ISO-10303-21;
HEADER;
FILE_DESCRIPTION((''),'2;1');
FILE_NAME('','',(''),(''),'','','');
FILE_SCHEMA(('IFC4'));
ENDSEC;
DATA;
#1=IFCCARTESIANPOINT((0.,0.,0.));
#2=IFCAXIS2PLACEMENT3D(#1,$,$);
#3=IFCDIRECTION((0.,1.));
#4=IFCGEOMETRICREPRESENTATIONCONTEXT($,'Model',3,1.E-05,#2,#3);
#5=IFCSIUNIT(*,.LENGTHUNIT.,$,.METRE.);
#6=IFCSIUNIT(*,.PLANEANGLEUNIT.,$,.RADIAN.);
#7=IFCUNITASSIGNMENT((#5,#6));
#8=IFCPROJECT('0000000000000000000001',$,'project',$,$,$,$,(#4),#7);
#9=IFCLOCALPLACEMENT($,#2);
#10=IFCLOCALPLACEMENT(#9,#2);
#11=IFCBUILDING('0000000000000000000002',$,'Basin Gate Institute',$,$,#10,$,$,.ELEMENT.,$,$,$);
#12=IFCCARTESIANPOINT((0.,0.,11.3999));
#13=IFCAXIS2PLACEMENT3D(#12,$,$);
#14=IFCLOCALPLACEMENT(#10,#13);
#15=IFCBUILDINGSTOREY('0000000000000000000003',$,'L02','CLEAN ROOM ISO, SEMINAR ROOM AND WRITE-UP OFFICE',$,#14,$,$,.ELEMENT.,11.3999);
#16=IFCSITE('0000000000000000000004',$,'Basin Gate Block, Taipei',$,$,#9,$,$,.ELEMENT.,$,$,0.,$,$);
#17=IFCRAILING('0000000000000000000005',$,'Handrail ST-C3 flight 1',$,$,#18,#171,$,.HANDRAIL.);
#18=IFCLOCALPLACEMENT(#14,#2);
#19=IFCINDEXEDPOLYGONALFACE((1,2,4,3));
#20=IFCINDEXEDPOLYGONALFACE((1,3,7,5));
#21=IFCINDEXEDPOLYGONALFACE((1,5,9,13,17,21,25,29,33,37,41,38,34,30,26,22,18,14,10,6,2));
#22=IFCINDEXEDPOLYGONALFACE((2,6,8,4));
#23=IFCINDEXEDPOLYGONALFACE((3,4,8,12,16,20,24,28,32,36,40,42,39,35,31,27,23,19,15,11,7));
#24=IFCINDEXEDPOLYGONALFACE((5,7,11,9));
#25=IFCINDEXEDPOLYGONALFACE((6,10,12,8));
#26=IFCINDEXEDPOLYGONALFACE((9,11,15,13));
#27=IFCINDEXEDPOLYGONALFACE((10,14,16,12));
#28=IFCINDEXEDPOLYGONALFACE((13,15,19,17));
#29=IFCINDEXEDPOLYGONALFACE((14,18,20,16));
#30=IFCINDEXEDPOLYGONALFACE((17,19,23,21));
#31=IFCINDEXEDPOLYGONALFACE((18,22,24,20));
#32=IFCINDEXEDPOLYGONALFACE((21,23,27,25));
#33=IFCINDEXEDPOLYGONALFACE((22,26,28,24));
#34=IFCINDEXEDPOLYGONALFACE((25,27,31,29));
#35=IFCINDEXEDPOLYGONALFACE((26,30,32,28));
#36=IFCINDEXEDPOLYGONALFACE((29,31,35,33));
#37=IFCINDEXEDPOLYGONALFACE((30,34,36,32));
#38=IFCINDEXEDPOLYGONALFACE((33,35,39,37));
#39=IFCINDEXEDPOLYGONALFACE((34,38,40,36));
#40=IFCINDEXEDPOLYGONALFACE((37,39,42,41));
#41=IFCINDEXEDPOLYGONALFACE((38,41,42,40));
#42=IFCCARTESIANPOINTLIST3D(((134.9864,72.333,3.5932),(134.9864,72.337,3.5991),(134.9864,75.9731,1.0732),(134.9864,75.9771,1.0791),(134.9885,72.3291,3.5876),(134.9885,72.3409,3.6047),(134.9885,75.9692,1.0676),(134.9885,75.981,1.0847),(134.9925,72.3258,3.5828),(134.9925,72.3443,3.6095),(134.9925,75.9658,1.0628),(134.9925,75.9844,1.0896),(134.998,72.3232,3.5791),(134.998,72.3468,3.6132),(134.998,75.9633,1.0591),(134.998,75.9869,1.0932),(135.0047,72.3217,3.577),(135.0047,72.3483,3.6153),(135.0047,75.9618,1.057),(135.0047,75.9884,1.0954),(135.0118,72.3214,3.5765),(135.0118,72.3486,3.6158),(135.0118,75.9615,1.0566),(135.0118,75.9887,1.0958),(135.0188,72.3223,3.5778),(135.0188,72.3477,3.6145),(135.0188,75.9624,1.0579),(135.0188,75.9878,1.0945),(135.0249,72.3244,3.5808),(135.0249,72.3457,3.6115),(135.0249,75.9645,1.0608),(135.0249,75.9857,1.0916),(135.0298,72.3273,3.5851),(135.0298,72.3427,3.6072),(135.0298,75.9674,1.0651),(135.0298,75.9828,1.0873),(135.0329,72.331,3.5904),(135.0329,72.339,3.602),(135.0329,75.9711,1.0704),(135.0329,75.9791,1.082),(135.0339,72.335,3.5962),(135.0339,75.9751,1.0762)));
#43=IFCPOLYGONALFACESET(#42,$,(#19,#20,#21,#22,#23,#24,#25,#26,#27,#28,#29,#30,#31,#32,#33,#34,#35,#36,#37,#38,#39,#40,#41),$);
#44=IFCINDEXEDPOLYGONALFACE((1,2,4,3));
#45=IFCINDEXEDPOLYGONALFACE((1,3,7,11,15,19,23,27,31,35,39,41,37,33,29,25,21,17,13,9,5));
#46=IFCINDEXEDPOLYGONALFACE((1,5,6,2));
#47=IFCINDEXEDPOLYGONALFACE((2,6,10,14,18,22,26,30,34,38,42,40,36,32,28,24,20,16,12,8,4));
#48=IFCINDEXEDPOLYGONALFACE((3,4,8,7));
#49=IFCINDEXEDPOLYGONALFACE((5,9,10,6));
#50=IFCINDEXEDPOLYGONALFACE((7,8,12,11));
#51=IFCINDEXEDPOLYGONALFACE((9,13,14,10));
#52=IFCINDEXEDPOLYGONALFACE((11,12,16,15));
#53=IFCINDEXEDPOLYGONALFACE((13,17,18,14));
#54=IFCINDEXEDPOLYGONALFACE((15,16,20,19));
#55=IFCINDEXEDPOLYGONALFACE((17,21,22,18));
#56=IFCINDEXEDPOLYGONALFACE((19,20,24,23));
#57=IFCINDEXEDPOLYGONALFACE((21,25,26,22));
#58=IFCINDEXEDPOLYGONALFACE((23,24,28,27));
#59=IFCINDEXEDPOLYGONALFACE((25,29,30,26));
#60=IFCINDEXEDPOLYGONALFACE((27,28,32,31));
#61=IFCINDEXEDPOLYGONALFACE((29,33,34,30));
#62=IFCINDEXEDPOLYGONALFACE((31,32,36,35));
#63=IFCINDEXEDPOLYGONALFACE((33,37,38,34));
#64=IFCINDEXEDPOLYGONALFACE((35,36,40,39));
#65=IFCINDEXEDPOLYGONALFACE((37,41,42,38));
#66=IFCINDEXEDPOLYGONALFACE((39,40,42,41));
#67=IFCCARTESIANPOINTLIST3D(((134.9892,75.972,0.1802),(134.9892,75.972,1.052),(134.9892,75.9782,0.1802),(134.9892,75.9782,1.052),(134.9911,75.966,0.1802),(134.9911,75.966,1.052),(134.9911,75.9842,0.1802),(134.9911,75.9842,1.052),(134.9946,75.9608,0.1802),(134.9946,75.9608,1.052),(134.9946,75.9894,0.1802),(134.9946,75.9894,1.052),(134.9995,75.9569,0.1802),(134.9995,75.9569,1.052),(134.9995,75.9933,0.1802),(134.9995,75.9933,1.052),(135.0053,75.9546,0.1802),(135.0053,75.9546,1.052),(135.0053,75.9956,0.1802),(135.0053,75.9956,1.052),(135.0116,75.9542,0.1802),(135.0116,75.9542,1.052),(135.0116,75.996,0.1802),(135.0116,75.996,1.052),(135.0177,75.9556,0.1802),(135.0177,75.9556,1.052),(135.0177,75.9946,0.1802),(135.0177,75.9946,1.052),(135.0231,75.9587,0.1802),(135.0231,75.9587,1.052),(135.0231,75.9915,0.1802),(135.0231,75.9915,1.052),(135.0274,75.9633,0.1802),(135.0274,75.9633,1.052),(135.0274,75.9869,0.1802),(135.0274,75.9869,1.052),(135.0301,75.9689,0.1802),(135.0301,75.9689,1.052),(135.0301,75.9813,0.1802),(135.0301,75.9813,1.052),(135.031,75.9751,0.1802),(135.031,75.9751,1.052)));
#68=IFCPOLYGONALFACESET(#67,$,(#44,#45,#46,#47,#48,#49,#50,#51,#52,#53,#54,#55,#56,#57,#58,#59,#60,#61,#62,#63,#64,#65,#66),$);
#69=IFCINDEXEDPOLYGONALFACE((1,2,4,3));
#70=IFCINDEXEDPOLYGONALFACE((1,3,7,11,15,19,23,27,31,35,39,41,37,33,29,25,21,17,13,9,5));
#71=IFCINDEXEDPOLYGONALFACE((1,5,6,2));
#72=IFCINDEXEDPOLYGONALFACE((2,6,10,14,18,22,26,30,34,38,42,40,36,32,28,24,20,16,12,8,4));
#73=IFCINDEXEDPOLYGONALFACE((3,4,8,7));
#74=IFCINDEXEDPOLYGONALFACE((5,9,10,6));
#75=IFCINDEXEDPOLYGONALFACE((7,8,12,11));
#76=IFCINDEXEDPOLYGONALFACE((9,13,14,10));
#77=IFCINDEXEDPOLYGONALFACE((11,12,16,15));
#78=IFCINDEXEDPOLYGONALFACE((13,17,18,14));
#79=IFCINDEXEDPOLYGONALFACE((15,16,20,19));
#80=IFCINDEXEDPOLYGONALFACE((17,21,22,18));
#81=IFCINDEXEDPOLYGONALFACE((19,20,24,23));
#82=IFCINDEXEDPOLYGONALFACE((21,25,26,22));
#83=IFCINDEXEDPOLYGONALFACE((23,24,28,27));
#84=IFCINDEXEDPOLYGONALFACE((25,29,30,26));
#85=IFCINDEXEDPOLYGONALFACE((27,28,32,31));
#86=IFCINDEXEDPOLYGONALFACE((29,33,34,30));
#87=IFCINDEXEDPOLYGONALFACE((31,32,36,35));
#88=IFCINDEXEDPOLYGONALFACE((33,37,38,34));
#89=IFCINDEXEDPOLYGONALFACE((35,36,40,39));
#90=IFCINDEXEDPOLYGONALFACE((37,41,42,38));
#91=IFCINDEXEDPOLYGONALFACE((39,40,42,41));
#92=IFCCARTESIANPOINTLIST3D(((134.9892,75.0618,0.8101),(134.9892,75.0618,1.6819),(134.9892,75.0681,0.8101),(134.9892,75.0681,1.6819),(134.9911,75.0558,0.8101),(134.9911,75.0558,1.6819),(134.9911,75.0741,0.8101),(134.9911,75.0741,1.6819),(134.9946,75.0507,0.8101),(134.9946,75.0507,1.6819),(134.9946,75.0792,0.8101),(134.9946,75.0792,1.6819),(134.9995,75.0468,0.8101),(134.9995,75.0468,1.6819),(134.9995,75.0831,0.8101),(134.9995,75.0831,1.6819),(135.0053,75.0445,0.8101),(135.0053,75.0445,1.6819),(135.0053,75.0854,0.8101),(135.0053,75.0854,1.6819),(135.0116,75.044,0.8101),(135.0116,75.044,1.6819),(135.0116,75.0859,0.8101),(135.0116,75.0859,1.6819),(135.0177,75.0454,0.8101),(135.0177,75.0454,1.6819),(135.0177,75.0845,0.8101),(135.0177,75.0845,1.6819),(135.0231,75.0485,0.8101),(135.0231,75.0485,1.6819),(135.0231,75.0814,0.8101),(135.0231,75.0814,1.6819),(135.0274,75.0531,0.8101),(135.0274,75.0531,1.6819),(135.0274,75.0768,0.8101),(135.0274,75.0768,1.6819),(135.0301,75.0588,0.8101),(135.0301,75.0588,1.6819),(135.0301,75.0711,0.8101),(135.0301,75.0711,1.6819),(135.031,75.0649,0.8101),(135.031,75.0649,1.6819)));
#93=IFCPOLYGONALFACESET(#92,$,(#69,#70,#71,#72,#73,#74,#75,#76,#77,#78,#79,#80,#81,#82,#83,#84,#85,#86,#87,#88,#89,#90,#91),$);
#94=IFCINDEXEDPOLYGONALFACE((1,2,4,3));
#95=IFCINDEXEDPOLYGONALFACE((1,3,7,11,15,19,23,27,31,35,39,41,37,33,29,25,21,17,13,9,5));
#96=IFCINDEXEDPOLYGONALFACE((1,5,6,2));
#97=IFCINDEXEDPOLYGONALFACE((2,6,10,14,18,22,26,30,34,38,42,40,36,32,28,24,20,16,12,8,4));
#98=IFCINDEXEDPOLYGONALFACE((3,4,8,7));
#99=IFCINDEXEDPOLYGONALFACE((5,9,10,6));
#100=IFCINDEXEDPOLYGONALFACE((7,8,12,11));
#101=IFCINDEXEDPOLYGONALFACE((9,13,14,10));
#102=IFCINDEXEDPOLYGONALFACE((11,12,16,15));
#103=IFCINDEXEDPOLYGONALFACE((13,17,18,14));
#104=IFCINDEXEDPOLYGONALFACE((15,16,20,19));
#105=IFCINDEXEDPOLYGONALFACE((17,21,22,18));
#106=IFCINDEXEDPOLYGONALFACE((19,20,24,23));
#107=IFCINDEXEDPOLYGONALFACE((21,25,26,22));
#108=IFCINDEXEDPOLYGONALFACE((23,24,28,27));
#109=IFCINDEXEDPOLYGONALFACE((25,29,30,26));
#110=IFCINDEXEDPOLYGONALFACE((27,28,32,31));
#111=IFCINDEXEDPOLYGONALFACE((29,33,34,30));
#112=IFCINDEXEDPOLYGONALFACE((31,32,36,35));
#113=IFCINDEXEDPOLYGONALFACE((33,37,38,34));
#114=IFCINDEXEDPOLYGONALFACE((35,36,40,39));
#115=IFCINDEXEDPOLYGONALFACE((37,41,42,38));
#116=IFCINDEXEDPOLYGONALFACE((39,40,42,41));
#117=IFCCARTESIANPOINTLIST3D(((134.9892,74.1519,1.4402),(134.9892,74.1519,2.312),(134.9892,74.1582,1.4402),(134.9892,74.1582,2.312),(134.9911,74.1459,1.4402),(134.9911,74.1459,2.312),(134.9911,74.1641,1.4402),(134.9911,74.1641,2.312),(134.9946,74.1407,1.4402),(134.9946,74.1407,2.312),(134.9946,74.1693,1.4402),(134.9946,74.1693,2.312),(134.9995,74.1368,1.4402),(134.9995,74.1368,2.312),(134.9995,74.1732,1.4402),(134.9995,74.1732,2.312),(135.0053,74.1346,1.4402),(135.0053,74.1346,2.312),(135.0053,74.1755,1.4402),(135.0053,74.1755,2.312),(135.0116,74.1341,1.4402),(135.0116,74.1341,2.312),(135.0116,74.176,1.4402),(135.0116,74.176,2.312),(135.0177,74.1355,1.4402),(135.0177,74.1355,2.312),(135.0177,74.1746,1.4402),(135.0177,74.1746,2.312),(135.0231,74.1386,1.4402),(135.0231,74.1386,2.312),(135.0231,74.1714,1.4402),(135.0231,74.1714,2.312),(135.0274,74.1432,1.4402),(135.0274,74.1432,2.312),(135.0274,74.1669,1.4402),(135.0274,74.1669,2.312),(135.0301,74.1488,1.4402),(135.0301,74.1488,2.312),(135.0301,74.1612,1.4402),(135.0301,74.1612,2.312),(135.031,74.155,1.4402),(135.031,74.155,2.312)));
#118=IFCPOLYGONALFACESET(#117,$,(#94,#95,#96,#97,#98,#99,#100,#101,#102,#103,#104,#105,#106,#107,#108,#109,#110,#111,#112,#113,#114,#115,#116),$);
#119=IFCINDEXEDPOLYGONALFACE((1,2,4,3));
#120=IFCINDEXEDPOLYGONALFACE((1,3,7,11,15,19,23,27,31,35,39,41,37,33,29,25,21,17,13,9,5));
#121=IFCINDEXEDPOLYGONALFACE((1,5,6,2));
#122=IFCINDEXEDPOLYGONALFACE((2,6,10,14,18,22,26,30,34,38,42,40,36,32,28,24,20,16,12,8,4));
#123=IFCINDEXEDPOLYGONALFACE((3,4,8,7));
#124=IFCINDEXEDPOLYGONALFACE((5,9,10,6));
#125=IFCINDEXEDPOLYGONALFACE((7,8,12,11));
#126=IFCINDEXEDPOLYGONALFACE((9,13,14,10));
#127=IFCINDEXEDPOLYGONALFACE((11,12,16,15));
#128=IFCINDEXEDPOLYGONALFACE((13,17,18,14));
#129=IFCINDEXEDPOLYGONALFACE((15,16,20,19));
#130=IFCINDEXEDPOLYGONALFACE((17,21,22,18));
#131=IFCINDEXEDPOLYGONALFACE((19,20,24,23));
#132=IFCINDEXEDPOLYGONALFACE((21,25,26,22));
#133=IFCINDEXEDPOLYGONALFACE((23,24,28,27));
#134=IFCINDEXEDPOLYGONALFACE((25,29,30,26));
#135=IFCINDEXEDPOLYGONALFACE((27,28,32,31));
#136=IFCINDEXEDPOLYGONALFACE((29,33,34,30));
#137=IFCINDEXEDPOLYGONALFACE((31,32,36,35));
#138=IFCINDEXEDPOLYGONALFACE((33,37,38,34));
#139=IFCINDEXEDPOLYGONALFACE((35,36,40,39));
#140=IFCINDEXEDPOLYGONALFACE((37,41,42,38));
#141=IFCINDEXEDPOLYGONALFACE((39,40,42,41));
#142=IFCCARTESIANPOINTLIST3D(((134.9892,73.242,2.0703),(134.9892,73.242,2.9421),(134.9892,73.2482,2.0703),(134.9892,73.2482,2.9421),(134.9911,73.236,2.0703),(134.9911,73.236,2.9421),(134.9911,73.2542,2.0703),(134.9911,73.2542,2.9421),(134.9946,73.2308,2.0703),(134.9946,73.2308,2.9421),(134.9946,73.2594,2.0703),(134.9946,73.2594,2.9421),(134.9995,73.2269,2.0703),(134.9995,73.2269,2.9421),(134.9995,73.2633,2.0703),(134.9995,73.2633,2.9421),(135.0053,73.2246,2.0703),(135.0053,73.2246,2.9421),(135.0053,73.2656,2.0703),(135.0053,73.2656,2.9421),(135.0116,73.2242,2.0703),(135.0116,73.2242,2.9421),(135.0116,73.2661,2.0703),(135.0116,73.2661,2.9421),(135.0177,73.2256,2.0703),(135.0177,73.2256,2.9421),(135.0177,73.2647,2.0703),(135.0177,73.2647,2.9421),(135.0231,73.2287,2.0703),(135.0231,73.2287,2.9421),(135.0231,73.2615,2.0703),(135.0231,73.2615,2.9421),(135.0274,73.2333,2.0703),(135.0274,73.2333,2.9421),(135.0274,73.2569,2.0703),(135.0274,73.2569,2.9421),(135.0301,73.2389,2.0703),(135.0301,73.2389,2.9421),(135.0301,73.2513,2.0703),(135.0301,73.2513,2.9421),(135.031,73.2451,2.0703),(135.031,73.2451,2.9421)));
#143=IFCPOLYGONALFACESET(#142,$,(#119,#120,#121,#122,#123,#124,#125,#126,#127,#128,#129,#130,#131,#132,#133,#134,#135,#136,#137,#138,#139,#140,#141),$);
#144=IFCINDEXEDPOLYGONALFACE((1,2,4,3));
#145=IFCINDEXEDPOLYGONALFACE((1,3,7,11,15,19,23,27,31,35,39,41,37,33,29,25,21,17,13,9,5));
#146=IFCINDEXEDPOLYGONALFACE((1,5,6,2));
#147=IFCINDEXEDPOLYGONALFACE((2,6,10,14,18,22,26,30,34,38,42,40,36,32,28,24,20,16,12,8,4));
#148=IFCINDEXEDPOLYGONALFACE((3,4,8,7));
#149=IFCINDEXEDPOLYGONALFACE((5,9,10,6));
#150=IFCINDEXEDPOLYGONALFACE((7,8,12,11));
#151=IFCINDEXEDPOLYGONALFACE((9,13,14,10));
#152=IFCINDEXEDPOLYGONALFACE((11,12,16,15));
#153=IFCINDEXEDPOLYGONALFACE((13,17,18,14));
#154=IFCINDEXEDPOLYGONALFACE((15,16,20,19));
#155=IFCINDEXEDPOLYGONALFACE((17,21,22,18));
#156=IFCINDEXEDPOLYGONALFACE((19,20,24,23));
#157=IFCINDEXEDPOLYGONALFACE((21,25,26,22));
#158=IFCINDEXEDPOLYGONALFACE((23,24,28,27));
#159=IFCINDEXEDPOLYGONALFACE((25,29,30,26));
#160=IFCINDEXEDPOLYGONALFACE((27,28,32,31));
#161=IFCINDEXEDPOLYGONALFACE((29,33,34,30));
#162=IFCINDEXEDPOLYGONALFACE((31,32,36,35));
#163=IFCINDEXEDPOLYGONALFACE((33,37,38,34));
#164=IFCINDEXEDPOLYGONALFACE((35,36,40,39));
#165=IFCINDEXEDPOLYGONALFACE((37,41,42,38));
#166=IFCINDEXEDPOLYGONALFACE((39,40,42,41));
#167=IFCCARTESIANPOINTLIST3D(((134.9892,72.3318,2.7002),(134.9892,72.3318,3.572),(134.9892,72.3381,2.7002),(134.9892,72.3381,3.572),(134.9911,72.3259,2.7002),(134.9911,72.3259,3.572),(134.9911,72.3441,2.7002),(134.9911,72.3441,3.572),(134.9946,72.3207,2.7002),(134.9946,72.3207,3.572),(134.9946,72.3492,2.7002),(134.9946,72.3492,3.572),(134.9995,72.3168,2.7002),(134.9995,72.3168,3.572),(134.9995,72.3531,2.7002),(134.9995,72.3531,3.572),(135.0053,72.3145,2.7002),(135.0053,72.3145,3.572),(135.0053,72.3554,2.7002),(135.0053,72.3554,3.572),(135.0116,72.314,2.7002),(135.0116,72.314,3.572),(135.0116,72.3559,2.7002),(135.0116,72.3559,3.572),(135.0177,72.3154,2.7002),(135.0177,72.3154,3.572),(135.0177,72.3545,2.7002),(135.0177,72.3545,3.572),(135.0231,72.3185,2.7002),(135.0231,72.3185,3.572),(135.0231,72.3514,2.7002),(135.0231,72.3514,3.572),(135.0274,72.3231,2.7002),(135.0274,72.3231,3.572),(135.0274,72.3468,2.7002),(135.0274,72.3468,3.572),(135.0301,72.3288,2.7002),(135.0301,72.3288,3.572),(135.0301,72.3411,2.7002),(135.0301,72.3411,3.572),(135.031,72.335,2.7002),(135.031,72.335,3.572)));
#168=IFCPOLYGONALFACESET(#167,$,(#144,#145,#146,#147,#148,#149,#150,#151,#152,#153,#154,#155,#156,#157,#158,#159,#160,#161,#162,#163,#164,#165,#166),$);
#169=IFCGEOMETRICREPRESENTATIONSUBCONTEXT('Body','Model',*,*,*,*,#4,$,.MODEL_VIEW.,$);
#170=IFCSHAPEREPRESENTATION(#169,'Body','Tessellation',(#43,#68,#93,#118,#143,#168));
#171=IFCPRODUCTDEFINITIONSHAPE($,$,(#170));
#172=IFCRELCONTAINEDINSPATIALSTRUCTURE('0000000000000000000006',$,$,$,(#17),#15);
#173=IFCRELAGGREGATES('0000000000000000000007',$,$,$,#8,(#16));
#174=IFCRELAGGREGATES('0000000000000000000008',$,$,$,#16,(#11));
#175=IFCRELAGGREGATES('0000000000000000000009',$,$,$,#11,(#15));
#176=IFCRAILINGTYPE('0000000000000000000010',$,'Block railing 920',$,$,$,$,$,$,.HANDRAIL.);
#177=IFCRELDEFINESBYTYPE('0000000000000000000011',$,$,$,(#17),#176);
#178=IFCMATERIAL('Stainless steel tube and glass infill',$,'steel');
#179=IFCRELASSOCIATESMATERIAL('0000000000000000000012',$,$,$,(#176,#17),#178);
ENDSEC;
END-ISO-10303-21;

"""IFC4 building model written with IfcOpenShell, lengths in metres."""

from ifc_helpers import new_model, si_unit, direction, frame, origin, origin_2d, place, context, subcontext, project, spatial, circle, extrude, material, type_object, element, save


model = new_model("IFC4")

# Units and contexts
model_context = context("Model", 3, precision=1e-05, world=origin(), true_north=direction((0.0, 1.0)))
body_context = subcontext(model_context, "Body", "Model", "MODEL_VIEW")
ifc_project = project(units=[si_unit("LENGTHUNIT", "METRE"), si_unit("PLANEANGLEUNIT", "RADIAN")], contexts=[model_context])

# Site, building, storey
site_placement = place(None, origin())
site = spatial("IfcSite", under=ifc_project, at=site_placement, Name="Basin Gate Block, Taipei", CompositionType="ELEMENT", RefElevation=0.0)
building_placement = place(site_placement, origin())
building = spatial("IfcBuilding", under=site, at=building_placement, Name="Basin Gate Institute", CompositionType="ELEMENT")
storey_placement = place(building_placement, frame((0.0, 0.0, 11.3999)))
storey = spatial("IfcBuildingStorey", under=building, at=storey_placement, Name="L02", Description="CLEAN ROOM ISO, SEMINAR ROOM AND WRITE-UP OFFICE", CompositionType="ELEMENT", Elevation=11.3999)

# Railing
ifc_material_1 = material(Name="Stainless steel tube and glass infill", Category="steel")
railing_type_1 = type_object("IfcRailingType", Name="Block railing 920", PredefinedType="HANDRAIL", material=ifc_material_1)
for number, where, name in (
    (1, (135.01, 75.9751, 0.1802), "Handrail ST-C3 flight 1"),
):
    element("IfcRailing", number, at=place(storey_placement, frame(where)), inside=storey, type_object=railing_type_1, material=ifc_material_1, Name=name, PredefinedType="HANDRAIL", context=body_context, shape_type="SweptSolid", body=[
        extrude(circle(Radius=0.0239, at=origin_2d()), frame((0.0, 0.0, 0.896), z_axis=(0.0, -0.8222, 0.569199), x_axis=(1.0, 0.0, 0.0)), (0.0, 0.0, 1.0), 4.4272),
        extrude(circle(Radius=0.021, at=origin_2d()), origin(), (0.0, 0.0, 1.0), 0.8718),
        extrude(circle(Radius=0.021, at=origin_2d()), frame((0.0, -0.9102, 0.6299)), (0.0, 0.0, 1.0), 0.8718),
        extrude(circle(Radius=0.021, at=origin_2d()), frame((0.0, -1.8201, 1.26)), (0.0, 0.0, 1.0), 0.8718),
        extrude(circle(Radius=0.021, at=origin_2d()), frame((0.0, -2.73, 1.8901)), (0.0, 0.0, 1.0), 0.8718),
        extrude(circle(Radius=0.021, at=origin_2d()), frame((0.0, -3.6401, 2.52)), (0.0, 0.0, 1.0), 0.8718),
    ])

save(model, "model.ifc")
